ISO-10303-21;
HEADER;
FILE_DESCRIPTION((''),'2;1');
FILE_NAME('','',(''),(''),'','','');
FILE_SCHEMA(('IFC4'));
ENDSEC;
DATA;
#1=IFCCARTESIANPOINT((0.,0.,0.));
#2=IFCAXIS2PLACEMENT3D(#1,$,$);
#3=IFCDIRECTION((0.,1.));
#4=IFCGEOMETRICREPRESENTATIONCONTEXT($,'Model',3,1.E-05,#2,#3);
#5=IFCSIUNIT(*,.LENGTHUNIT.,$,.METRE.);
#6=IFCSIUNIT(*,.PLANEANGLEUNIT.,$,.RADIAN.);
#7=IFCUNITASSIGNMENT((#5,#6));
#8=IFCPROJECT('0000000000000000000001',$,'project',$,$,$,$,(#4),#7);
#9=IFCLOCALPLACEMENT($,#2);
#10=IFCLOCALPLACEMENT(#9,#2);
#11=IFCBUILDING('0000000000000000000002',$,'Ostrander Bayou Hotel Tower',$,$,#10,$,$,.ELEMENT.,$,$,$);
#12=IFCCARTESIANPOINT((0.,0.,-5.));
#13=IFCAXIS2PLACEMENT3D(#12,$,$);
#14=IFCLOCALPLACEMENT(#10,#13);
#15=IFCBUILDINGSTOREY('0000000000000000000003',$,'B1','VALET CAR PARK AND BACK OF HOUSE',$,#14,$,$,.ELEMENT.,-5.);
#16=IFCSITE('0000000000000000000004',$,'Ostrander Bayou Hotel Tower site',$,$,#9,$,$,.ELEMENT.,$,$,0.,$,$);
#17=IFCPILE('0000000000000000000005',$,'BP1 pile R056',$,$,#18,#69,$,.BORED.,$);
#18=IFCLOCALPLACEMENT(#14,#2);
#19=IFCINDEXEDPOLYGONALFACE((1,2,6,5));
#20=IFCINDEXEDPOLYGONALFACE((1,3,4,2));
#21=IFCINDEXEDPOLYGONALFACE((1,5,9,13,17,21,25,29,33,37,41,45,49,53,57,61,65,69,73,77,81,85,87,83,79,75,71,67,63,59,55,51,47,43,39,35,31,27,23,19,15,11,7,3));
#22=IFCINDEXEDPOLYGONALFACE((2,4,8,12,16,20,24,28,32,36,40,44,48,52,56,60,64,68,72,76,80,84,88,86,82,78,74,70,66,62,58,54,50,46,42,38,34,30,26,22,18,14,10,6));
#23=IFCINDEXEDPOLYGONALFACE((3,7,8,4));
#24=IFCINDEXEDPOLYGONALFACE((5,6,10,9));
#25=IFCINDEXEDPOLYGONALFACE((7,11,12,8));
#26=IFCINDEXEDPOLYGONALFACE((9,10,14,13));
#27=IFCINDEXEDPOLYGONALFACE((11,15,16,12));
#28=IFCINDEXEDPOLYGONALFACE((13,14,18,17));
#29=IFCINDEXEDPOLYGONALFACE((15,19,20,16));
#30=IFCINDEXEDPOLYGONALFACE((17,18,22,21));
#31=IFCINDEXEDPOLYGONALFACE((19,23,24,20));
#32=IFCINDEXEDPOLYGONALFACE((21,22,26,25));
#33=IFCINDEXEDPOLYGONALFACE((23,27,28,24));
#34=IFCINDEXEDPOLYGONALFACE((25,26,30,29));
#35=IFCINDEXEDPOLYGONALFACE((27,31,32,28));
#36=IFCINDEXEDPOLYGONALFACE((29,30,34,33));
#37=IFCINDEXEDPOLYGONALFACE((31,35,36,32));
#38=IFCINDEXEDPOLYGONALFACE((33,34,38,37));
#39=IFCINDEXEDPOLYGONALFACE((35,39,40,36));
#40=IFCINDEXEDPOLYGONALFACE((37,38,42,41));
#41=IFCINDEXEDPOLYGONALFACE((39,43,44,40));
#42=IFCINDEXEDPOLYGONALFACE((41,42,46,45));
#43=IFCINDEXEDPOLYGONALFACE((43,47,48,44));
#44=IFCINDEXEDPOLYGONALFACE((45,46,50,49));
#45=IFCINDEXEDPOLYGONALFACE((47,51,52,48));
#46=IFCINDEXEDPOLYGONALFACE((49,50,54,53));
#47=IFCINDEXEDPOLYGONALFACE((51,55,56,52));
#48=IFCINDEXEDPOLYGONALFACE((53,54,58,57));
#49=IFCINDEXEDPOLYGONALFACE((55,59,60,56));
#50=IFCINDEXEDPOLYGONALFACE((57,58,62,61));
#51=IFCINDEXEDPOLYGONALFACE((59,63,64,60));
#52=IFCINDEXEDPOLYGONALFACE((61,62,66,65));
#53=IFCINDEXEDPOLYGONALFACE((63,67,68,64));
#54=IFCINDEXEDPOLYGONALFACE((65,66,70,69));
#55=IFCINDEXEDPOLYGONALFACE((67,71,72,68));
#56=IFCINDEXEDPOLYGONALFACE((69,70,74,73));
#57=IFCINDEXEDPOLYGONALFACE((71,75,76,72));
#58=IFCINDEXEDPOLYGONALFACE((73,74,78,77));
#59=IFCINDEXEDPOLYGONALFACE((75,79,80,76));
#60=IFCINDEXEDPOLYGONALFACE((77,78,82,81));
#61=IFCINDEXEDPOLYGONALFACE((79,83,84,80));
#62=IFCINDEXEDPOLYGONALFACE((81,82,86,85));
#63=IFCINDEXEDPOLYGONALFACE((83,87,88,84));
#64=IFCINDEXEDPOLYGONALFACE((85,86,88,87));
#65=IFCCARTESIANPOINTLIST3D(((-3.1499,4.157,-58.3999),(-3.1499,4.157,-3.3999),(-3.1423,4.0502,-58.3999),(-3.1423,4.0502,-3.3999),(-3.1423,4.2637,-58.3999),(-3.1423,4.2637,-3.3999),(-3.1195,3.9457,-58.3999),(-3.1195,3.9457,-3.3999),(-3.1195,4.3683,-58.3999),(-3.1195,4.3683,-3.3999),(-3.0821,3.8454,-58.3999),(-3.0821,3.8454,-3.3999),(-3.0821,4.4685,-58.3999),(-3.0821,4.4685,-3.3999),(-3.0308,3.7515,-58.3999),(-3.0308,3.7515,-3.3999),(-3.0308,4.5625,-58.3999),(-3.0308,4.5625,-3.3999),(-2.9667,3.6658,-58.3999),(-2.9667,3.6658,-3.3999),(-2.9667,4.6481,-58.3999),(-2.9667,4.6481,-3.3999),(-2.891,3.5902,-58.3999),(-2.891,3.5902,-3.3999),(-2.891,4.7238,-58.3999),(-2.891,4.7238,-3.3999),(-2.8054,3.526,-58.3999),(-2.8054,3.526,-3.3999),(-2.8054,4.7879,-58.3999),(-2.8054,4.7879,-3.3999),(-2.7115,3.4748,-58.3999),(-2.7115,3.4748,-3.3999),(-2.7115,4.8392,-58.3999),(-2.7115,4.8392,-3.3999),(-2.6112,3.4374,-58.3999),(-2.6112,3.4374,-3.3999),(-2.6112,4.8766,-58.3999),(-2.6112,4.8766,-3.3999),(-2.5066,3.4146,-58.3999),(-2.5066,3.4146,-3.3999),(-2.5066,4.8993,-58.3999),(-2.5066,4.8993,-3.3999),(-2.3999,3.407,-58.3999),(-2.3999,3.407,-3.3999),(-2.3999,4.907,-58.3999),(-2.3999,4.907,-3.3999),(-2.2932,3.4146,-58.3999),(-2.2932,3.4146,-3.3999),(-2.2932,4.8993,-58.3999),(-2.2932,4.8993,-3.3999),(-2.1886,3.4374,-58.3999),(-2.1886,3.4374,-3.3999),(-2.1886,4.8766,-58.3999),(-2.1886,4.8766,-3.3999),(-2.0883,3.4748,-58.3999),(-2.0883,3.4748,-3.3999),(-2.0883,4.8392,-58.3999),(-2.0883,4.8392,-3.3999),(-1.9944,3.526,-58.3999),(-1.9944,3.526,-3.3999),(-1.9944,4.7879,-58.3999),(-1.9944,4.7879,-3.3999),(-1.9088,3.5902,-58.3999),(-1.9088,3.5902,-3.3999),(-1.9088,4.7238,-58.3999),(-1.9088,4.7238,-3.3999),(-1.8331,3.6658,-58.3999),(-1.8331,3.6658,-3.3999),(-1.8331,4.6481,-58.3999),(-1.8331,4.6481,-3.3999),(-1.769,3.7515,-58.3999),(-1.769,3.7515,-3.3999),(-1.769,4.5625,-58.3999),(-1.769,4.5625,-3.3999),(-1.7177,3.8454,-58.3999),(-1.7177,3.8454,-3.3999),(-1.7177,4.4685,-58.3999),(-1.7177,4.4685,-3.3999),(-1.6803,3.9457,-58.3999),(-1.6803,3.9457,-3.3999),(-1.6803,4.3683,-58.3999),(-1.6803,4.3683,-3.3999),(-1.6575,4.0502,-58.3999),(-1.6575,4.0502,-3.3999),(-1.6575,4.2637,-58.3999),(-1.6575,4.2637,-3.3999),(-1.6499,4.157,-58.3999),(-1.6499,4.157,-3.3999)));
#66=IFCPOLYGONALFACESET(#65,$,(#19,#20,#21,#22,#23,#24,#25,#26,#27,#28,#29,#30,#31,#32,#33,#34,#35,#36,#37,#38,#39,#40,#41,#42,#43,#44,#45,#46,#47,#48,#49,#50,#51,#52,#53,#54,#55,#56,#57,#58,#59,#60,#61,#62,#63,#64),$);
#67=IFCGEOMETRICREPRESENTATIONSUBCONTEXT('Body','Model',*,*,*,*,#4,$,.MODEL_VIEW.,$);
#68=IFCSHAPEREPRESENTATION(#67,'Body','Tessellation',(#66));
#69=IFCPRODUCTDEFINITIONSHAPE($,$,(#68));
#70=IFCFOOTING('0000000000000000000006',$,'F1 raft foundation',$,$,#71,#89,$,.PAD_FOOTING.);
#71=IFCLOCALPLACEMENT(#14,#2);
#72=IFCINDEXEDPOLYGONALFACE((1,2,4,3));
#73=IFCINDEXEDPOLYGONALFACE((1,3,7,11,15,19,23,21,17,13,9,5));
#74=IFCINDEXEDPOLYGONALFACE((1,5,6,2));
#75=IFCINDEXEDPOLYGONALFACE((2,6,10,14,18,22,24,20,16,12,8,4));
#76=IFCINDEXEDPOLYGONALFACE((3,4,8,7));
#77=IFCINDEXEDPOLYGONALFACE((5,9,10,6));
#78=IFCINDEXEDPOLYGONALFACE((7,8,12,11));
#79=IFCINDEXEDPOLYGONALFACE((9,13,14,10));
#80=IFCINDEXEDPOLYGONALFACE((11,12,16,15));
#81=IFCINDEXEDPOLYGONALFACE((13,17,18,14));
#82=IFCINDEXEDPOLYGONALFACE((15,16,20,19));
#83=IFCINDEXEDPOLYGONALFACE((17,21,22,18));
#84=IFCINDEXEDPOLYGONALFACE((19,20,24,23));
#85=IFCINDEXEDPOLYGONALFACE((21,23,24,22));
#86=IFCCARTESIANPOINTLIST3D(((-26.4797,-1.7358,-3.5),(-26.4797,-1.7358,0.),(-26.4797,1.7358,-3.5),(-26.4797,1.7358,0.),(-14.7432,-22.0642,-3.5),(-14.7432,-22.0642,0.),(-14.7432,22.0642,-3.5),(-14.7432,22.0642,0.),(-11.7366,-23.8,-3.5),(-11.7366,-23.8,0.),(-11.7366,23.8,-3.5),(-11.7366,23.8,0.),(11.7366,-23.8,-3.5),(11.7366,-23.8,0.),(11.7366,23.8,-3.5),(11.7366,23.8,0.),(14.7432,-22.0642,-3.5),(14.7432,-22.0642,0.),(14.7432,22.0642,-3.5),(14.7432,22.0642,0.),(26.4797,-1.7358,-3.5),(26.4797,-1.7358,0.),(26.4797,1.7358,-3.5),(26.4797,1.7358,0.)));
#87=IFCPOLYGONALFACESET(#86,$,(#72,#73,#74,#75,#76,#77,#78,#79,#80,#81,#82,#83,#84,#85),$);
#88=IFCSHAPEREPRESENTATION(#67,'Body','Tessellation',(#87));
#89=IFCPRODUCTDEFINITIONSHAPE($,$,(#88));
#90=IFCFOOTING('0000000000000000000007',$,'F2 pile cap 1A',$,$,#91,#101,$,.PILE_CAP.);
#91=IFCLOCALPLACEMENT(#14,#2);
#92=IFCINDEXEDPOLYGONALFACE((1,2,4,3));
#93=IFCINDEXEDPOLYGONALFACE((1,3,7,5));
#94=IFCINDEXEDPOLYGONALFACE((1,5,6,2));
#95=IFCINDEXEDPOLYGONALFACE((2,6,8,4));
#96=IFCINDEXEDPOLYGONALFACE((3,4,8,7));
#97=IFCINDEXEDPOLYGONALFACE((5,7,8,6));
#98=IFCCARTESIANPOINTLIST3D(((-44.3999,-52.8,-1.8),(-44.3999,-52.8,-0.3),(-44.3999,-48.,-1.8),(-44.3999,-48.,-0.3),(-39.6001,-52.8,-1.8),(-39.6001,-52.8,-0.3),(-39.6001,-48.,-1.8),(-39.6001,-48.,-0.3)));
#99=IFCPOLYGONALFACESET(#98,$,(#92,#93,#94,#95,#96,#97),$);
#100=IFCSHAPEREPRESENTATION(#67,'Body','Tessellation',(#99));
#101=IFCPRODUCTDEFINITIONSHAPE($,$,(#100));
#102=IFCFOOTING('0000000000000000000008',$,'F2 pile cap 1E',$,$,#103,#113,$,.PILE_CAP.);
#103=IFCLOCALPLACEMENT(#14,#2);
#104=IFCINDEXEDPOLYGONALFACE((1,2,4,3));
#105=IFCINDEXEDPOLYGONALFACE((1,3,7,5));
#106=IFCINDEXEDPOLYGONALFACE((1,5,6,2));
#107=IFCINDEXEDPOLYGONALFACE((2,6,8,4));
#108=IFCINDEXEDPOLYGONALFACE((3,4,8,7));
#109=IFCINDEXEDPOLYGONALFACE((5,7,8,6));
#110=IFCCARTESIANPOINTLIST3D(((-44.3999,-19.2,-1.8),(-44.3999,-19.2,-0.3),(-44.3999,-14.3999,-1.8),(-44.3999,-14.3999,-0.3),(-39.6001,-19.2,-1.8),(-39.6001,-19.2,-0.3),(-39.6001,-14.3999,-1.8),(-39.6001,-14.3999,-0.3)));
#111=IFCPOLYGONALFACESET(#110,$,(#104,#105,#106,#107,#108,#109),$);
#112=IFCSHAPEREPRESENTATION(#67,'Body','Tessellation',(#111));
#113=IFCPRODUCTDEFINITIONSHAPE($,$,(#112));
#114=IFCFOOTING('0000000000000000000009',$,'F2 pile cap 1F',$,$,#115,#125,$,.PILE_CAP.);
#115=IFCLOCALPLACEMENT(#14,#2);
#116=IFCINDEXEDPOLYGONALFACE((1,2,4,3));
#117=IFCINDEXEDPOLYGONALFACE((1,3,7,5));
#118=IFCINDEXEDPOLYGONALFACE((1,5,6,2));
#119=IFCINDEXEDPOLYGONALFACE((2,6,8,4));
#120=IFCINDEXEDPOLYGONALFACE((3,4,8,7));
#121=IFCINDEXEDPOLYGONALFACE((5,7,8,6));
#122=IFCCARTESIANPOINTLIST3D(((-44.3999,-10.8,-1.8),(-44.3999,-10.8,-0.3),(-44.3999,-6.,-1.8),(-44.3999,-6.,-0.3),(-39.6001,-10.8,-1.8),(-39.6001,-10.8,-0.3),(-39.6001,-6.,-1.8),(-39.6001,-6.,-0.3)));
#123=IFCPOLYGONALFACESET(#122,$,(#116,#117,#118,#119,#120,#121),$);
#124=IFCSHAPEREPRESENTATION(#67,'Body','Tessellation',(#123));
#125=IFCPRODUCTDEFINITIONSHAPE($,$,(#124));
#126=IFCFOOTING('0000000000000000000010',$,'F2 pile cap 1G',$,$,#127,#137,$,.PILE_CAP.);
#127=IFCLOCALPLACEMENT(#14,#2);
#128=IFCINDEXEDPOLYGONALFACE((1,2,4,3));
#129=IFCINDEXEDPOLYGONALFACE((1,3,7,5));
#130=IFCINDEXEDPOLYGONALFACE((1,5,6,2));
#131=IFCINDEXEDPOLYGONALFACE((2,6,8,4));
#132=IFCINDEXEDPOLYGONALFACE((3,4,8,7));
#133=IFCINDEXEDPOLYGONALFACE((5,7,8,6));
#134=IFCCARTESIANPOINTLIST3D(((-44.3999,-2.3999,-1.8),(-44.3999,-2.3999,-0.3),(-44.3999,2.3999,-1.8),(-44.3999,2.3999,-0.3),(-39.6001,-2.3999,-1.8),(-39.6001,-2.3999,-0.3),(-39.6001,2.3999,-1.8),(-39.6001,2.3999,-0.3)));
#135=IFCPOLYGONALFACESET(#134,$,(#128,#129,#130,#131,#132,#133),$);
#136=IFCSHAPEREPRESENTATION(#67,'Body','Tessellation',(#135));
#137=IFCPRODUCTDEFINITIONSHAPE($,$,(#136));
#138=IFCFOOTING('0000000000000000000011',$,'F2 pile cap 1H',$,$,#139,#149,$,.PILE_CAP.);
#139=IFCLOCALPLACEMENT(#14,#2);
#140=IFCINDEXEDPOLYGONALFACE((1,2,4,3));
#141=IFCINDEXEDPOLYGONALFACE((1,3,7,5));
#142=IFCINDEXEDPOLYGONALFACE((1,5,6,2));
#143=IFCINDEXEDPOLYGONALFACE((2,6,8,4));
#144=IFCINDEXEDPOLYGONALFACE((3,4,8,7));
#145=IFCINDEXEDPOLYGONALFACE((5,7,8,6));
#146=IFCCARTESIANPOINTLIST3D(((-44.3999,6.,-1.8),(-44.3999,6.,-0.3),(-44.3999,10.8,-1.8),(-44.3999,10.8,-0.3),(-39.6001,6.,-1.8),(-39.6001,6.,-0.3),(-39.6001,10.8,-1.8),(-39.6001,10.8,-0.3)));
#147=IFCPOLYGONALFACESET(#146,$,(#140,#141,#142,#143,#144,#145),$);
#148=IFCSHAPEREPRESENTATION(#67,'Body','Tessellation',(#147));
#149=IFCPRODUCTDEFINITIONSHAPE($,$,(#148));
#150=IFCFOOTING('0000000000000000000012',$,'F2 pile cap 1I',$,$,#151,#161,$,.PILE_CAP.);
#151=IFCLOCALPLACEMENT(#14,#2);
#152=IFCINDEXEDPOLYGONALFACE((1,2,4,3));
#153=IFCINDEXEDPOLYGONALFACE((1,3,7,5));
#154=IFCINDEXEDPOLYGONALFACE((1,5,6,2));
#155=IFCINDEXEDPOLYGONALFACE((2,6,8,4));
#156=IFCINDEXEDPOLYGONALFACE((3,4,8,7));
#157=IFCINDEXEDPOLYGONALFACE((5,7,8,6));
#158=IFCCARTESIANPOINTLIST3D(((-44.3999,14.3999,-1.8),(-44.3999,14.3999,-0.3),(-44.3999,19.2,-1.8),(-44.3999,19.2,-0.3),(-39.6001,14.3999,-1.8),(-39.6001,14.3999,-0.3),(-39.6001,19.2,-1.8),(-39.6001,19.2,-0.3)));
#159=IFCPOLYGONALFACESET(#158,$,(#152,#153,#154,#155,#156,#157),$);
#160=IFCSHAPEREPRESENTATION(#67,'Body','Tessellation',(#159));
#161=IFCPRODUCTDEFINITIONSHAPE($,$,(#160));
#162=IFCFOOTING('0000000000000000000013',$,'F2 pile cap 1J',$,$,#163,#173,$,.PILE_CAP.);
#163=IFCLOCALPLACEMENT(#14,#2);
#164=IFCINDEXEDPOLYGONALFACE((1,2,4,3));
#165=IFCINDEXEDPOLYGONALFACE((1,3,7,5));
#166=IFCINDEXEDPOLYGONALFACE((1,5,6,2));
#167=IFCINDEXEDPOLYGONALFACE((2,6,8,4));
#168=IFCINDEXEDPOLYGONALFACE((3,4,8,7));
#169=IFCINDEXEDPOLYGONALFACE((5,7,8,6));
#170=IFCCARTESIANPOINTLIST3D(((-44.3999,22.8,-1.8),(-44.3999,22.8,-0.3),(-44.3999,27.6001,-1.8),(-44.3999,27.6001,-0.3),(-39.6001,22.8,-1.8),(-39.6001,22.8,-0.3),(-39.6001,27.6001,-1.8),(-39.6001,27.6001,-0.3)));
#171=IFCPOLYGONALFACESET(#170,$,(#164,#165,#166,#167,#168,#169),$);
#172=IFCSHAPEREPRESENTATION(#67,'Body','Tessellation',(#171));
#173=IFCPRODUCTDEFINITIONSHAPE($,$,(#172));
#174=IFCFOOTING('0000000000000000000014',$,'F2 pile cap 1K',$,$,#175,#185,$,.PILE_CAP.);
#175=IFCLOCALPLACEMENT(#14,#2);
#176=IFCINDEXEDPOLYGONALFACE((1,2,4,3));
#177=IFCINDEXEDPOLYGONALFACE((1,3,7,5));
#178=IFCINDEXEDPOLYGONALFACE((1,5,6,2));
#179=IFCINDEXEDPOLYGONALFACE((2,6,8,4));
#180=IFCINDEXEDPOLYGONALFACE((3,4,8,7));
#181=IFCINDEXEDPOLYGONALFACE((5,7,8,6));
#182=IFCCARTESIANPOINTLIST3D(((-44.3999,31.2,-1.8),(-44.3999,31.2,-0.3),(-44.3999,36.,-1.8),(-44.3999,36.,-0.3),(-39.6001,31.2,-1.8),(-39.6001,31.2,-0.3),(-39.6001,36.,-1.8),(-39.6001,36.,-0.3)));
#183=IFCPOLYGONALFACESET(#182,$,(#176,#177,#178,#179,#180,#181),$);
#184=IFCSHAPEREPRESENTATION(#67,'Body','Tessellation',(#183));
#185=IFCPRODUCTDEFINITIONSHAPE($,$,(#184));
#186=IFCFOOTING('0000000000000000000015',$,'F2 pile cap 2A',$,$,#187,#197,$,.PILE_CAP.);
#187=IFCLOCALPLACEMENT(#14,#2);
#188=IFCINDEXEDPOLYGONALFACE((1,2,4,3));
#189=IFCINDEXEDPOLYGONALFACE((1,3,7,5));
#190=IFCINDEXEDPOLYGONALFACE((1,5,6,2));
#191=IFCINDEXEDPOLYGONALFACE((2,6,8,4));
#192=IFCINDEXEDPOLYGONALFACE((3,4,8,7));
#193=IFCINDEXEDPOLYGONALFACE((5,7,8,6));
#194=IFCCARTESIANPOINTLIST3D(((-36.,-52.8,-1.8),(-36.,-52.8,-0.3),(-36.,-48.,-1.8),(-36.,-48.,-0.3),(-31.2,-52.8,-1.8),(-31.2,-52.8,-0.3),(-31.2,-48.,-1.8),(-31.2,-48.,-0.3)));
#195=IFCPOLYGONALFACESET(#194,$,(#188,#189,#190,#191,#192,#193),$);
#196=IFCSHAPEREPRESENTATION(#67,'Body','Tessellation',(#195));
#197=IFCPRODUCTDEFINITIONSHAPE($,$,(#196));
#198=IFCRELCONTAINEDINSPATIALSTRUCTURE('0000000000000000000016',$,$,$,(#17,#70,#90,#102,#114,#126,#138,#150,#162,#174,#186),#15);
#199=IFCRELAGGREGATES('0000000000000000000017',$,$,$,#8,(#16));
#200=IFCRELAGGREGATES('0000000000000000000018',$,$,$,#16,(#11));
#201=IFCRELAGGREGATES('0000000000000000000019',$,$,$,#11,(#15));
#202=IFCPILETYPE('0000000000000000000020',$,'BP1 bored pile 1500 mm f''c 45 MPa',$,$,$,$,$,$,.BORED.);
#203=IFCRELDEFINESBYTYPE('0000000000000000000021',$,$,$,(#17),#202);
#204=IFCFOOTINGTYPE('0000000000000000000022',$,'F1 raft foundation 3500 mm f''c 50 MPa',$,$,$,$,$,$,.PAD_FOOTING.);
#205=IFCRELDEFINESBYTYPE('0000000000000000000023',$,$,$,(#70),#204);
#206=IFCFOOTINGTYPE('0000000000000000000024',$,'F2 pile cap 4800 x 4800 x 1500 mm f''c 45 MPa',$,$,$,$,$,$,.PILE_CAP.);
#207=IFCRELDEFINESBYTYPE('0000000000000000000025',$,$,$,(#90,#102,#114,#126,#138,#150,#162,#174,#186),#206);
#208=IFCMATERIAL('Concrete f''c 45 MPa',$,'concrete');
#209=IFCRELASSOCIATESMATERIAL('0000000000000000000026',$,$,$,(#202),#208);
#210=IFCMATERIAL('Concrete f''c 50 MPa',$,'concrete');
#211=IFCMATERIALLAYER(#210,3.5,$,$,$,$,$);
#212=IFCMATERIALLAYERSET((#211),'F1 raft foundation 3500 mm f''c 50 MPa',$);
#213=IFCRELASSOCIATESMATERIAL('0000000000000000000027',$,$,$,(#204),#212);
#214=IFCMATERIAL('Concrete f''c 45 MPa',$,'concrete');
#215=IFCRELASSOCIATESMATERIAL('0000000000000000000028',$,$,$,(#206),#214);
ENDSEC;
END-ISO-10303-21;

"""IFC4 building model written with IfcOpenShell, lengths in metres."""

from ifc_helpers import new_model, si_unit, direction, frame, origin, origin_2d, place, context, subcontext, project, spatial, polyline, circle, outline, extrude, material, layer, layer_set, material_profile, profile_set, type_object, element, save


model = new_model("IFC4")

# Units and contexts
model_context = context("Model", 3, precision=1e-05, world=origin(), true_north=direction((0.0, 1.0)))
body_context = subcontext(model_context, "Body", "Model", "MODEL_VIEW")
ifc_project = project(units=[si_unit("LENGTHUNIT", "METRE"), si_unit("PLANEANGLEUNIT", "RADIAN")], contexts=[model_context])

# Site, building, storey
site_placement = place(None, origin())
site = spatial("IfcSite", under=ifc_project, at=site_placement, Name="Ostrander Bayou Hotel Tower site", CompositionType="ELEMENT", RefElevation=0.0)
building_placement = place(site_placement, origin())
building = spatial("IfcBuilding", under=site, at=building_placement, Name="Ostrander Bayou Hotel Tower", CompositionType="ELEMENT")
storey_placement = place(building_placement, frame((0.0, 0.0, -5.0)))
storey = spatial("IfcBuildingStorey", under=building, at=storey_placement, Name="B1", Description="VALET CAR PARK AND BACK OF HOUSE", CompositionType="ELEMENT", Elevation=-5.0)

# Pile
ifc_material_1 = material(Name="Concrete f'c 45 MPa", Category="concrete")
ifc_material_profile = material_profile(ifc_material_1, circle(Radius=0.75, at=origin_2d()))
ifc_profile_set = profile_set([ifc_material_profile], Name="Concrete f'c 45 MPa")
pile_type = type_object("IfcPileType", Name="BP1 bored pile 1500 mm f'c 45 MPa", PredefinedType="BORED", material=ifc_profile_set)
for number, where, z_axis, x_axis, name in (
    (1, (-2.3999, 4.157, -3.3999), (0.0, 0.0, -1.0), (1.0, 0.0, 0.0), "BP1 pile R056"),
):
    element("IfcPile", number, at=place(storey_placement, frame(where, z_axis=z_axis, x_axis=x_axis)), inside=storey, type_object=pile_type, Name=name, PredefinedType="BORED", context=body_context, shape_type="SweptSolid", body=[
        extrude(circle(Radius=0.75, at=origin_2d()), origin(), (0.0, 0.0, 1.0), 55.0),
    ])

# Footings
ifc_material_2 = material(Name="Concrete f'c 50 MPa", Category="concrete")
ifc_layer_1 = layer(ifc_material_2, 3.5)
ifc_layer_set_1 = layer_set([ifc_layer_1], Name="F1 raft foundation 3500 mm f'c 50 MPa")
footing_type_1 = type_object("IfcFootingType", Name="F1 raft foundation 3500 mm f'c 50 MPa", PredefinedType="PAD_FOOTING", material=ifc_layer_set_1)
footing_1_placement = place(storey_placement, frame((0.0, 0.0, -3.5)))
element("IfcFooting", 2, at=footing_1_placement, inside=storey, type_object=footing_type_1, Name="F1 raft foundation", PredefinedType="PAD_FOOTING", context=body_context, shape_type="SweptSolid", body=[
    extrude(outline(polyline([(-14.7432, 22.0642), (-11.7366, 23.8), (11.7366, 23.8), (14.7432, 22.0642), (26.4797, 1.7358), (26.4797, -1.7358), (14.7432, -22.0642), (11.7366, -23.8), (-11.7366, -23.8), (-14.7432, -22.0642), (-26.4797, -1.7358), (-26.4797, 1.7358), (-14.7432, 22.0642)])), origin(), (0.0, 0.0, 1.0), 3.5),
])
ifc_material_3 = material(Name="Concrete f'c 45 MPa", Category="concrete")
footing_type_2 = type_object("IfcFootingType", Name="F2 pile cap 4800 x 4800 x 1500 mm f'c 45 MPa", PredefinedType="PILE_CAP", material=ifc_material_3)
footing_2_placement = place(storey_placement, frame((0.0, 0.0, -1.8)))
element("IfcFooting", 3, at=footing_2_placement, inside=storey, type_object=footing_type_2, Name="F2 pile cap 1A", PredefinedType="PILE_CAP", context=body_context, shape_type="SweptSolid", body=[
    extrude(outline(polyline([(-39.6001, -52.8), (-39.6001, -48.0), (-44.3999, -48.0), (-44.3999, -52.8), (-39.6001, -52.8)])), origin(), (0.0, 0.0, 1.0), 1.5),
])
footing_3_placement = place(storey_placement, frame((0.0, 0.0, -1.8)))
element("IfcFooting", 4, at=footing_3_placement, inside=storey, type_object=footing_type_2, Name="F2 pile cap 1E", PredefinedType="PILE_CAP", context=body_context, shape_type="SweptSolid", body=[
    extrude(outline(polyline([(-39.6001, -19.2), (-39.6001, -14.3999), (-44.3999, -14.3999), (-44.3999, -19.2), (-39.6001, -19.2)])), origin(), (0.0, 0.0, 1.0), 1.5),
])
footing_4_placement = place(storey_placement, frame((0.0, 0.0, -1.8)))
element("IfcFooting", 5, at=footing_4_placement, inside=storey, type_object=footing_type_2, Name="F2 pile cap 1F", PredefinedType="PILE_CAP", context=body_context, shape_type="SweptSolid", body=[
    extrude(outline(polyline([(-39.6001, -10.8), (-39.6001, -6.0), (-44.3999, -6.0), (-44.3999, -10.8), (-39.6001, -10.8)])), origin(), (0.0, 0.0, 1.0), 1.5),
])
footing_5_placement = place(storey_placement, frame((0.0, 0.0, -1.8)))
element("IfcFooting", 6, at=footing_5_placement, inside=storey, type_object=footing_type_2, Name="F2 pile cap 1G", PredefinedType="PILE_CAP", context=body_context, shape_type="SweptSolid", body=[
    extrude(outline(polyline([(-39.6001, -2.3999), (-39.6001, 2.3999), (-44.3999, 2.3999), (-44.3999, -2.3999), (-39.6001, -2.3999)])), origin(), (0.0, 0.0, 1.0), 1.5),
])
footing_6_placement = place(storey_placement, frame((0.0, 0.0, -1.8)))
element("IfcFooting", 7, at=footing_6_placement, inside=storey, type_object=footing_type_2, Name="F2 pile cap 1H", PredefinedType="PILE_CAP", context=body_context, shape_type="SweptSolid", body=[
    extrude(outline(polyline([(-39.6001, 6.0), (-39.6001, 10.8), (-44.3999, 10.8), (-44.3999, 6.0), (-39.6001, 6.0)])), origin(), (0.0, 0.0, 1.0), 1.5),
])
footing_7_placement = place(storey_placement, frame((0.0, 0.0, -1.8)))
element("IfcFooting", 8, at=footing_7_placement, inside=storey, type_object=footing_type_2, Name="F2 pile cap 1I", PredefinedType="PILE_CAP", context=body_context, shape_type="SweptSolid", body=[
    extrude(outline(polyline([(-39.6001, 14.3999), (-39.6001, 19.2), (-44.3999, 19.2), (-44.3999, 14.3999), (-39.6001, 14.3999)])), origin(), (0.0, 0.0, 1.0), 1.5),
])
footing_8_placement = place(storey_placement, frame((0.0, 0.0, -1.8)))
element("IfcFooting", 9, at=footing_8_placement, inside=storey, type_object=footing_type_2, Name="F2 pile cap 1J", PredefinedType="PILE_CAP", context=body_context, shape_type="SweptSolid", body=[
    extrude(outline(polyline([(-39.6001, 22.8), (-39.6001, 27.6001), (-44.3999, 27.6001), (-44.3999, 22.8), (-39.6001, 22.8)])), origin(), (0.0, 0.0, 1.0), 1.5),
])
footing_9_placement = place(storey_placement, frame((0.0, 0.0, -1.8)))
element("IfcFooting", 10, at=footing_9_placement, inside=storey, type_object=footing_type_2, Name="F2 pile cap 1K", PredefinedType="PILE_CAP", context=body_context, shape_type="SweptSolid", body=[
    extrude(outline(polyline([(-39.6001, 31.2), (-39.6001, 36.0), (-44.3999, 36.0), (-44.3999, 31.2), (-39.6001, 31.2)])), origin(), (0.0, 0.0, 1.0), 1.5),
])
footing_10_placement = place(storey_placement, frame((0.0, 0.0, -1.8)))
element("IfcFooting", 11, at=footing_10_placement, inside=storey, type_object=footing_type_2, Name="F2 pile cap 2A", PredefinedType="PILE_CAP", context=body_context, shape_type="SweptSolid", body=[
    extrude(outline(polyline([(-31.2, -52.8), (-31.2, -48.0), (-36.0, -48.0), (-36.0, -52.8), (-31.2, -52.8)])), origin(), (0.0, 0.0, 1.0), 1.5),
])

save(model, "model.ifc")
